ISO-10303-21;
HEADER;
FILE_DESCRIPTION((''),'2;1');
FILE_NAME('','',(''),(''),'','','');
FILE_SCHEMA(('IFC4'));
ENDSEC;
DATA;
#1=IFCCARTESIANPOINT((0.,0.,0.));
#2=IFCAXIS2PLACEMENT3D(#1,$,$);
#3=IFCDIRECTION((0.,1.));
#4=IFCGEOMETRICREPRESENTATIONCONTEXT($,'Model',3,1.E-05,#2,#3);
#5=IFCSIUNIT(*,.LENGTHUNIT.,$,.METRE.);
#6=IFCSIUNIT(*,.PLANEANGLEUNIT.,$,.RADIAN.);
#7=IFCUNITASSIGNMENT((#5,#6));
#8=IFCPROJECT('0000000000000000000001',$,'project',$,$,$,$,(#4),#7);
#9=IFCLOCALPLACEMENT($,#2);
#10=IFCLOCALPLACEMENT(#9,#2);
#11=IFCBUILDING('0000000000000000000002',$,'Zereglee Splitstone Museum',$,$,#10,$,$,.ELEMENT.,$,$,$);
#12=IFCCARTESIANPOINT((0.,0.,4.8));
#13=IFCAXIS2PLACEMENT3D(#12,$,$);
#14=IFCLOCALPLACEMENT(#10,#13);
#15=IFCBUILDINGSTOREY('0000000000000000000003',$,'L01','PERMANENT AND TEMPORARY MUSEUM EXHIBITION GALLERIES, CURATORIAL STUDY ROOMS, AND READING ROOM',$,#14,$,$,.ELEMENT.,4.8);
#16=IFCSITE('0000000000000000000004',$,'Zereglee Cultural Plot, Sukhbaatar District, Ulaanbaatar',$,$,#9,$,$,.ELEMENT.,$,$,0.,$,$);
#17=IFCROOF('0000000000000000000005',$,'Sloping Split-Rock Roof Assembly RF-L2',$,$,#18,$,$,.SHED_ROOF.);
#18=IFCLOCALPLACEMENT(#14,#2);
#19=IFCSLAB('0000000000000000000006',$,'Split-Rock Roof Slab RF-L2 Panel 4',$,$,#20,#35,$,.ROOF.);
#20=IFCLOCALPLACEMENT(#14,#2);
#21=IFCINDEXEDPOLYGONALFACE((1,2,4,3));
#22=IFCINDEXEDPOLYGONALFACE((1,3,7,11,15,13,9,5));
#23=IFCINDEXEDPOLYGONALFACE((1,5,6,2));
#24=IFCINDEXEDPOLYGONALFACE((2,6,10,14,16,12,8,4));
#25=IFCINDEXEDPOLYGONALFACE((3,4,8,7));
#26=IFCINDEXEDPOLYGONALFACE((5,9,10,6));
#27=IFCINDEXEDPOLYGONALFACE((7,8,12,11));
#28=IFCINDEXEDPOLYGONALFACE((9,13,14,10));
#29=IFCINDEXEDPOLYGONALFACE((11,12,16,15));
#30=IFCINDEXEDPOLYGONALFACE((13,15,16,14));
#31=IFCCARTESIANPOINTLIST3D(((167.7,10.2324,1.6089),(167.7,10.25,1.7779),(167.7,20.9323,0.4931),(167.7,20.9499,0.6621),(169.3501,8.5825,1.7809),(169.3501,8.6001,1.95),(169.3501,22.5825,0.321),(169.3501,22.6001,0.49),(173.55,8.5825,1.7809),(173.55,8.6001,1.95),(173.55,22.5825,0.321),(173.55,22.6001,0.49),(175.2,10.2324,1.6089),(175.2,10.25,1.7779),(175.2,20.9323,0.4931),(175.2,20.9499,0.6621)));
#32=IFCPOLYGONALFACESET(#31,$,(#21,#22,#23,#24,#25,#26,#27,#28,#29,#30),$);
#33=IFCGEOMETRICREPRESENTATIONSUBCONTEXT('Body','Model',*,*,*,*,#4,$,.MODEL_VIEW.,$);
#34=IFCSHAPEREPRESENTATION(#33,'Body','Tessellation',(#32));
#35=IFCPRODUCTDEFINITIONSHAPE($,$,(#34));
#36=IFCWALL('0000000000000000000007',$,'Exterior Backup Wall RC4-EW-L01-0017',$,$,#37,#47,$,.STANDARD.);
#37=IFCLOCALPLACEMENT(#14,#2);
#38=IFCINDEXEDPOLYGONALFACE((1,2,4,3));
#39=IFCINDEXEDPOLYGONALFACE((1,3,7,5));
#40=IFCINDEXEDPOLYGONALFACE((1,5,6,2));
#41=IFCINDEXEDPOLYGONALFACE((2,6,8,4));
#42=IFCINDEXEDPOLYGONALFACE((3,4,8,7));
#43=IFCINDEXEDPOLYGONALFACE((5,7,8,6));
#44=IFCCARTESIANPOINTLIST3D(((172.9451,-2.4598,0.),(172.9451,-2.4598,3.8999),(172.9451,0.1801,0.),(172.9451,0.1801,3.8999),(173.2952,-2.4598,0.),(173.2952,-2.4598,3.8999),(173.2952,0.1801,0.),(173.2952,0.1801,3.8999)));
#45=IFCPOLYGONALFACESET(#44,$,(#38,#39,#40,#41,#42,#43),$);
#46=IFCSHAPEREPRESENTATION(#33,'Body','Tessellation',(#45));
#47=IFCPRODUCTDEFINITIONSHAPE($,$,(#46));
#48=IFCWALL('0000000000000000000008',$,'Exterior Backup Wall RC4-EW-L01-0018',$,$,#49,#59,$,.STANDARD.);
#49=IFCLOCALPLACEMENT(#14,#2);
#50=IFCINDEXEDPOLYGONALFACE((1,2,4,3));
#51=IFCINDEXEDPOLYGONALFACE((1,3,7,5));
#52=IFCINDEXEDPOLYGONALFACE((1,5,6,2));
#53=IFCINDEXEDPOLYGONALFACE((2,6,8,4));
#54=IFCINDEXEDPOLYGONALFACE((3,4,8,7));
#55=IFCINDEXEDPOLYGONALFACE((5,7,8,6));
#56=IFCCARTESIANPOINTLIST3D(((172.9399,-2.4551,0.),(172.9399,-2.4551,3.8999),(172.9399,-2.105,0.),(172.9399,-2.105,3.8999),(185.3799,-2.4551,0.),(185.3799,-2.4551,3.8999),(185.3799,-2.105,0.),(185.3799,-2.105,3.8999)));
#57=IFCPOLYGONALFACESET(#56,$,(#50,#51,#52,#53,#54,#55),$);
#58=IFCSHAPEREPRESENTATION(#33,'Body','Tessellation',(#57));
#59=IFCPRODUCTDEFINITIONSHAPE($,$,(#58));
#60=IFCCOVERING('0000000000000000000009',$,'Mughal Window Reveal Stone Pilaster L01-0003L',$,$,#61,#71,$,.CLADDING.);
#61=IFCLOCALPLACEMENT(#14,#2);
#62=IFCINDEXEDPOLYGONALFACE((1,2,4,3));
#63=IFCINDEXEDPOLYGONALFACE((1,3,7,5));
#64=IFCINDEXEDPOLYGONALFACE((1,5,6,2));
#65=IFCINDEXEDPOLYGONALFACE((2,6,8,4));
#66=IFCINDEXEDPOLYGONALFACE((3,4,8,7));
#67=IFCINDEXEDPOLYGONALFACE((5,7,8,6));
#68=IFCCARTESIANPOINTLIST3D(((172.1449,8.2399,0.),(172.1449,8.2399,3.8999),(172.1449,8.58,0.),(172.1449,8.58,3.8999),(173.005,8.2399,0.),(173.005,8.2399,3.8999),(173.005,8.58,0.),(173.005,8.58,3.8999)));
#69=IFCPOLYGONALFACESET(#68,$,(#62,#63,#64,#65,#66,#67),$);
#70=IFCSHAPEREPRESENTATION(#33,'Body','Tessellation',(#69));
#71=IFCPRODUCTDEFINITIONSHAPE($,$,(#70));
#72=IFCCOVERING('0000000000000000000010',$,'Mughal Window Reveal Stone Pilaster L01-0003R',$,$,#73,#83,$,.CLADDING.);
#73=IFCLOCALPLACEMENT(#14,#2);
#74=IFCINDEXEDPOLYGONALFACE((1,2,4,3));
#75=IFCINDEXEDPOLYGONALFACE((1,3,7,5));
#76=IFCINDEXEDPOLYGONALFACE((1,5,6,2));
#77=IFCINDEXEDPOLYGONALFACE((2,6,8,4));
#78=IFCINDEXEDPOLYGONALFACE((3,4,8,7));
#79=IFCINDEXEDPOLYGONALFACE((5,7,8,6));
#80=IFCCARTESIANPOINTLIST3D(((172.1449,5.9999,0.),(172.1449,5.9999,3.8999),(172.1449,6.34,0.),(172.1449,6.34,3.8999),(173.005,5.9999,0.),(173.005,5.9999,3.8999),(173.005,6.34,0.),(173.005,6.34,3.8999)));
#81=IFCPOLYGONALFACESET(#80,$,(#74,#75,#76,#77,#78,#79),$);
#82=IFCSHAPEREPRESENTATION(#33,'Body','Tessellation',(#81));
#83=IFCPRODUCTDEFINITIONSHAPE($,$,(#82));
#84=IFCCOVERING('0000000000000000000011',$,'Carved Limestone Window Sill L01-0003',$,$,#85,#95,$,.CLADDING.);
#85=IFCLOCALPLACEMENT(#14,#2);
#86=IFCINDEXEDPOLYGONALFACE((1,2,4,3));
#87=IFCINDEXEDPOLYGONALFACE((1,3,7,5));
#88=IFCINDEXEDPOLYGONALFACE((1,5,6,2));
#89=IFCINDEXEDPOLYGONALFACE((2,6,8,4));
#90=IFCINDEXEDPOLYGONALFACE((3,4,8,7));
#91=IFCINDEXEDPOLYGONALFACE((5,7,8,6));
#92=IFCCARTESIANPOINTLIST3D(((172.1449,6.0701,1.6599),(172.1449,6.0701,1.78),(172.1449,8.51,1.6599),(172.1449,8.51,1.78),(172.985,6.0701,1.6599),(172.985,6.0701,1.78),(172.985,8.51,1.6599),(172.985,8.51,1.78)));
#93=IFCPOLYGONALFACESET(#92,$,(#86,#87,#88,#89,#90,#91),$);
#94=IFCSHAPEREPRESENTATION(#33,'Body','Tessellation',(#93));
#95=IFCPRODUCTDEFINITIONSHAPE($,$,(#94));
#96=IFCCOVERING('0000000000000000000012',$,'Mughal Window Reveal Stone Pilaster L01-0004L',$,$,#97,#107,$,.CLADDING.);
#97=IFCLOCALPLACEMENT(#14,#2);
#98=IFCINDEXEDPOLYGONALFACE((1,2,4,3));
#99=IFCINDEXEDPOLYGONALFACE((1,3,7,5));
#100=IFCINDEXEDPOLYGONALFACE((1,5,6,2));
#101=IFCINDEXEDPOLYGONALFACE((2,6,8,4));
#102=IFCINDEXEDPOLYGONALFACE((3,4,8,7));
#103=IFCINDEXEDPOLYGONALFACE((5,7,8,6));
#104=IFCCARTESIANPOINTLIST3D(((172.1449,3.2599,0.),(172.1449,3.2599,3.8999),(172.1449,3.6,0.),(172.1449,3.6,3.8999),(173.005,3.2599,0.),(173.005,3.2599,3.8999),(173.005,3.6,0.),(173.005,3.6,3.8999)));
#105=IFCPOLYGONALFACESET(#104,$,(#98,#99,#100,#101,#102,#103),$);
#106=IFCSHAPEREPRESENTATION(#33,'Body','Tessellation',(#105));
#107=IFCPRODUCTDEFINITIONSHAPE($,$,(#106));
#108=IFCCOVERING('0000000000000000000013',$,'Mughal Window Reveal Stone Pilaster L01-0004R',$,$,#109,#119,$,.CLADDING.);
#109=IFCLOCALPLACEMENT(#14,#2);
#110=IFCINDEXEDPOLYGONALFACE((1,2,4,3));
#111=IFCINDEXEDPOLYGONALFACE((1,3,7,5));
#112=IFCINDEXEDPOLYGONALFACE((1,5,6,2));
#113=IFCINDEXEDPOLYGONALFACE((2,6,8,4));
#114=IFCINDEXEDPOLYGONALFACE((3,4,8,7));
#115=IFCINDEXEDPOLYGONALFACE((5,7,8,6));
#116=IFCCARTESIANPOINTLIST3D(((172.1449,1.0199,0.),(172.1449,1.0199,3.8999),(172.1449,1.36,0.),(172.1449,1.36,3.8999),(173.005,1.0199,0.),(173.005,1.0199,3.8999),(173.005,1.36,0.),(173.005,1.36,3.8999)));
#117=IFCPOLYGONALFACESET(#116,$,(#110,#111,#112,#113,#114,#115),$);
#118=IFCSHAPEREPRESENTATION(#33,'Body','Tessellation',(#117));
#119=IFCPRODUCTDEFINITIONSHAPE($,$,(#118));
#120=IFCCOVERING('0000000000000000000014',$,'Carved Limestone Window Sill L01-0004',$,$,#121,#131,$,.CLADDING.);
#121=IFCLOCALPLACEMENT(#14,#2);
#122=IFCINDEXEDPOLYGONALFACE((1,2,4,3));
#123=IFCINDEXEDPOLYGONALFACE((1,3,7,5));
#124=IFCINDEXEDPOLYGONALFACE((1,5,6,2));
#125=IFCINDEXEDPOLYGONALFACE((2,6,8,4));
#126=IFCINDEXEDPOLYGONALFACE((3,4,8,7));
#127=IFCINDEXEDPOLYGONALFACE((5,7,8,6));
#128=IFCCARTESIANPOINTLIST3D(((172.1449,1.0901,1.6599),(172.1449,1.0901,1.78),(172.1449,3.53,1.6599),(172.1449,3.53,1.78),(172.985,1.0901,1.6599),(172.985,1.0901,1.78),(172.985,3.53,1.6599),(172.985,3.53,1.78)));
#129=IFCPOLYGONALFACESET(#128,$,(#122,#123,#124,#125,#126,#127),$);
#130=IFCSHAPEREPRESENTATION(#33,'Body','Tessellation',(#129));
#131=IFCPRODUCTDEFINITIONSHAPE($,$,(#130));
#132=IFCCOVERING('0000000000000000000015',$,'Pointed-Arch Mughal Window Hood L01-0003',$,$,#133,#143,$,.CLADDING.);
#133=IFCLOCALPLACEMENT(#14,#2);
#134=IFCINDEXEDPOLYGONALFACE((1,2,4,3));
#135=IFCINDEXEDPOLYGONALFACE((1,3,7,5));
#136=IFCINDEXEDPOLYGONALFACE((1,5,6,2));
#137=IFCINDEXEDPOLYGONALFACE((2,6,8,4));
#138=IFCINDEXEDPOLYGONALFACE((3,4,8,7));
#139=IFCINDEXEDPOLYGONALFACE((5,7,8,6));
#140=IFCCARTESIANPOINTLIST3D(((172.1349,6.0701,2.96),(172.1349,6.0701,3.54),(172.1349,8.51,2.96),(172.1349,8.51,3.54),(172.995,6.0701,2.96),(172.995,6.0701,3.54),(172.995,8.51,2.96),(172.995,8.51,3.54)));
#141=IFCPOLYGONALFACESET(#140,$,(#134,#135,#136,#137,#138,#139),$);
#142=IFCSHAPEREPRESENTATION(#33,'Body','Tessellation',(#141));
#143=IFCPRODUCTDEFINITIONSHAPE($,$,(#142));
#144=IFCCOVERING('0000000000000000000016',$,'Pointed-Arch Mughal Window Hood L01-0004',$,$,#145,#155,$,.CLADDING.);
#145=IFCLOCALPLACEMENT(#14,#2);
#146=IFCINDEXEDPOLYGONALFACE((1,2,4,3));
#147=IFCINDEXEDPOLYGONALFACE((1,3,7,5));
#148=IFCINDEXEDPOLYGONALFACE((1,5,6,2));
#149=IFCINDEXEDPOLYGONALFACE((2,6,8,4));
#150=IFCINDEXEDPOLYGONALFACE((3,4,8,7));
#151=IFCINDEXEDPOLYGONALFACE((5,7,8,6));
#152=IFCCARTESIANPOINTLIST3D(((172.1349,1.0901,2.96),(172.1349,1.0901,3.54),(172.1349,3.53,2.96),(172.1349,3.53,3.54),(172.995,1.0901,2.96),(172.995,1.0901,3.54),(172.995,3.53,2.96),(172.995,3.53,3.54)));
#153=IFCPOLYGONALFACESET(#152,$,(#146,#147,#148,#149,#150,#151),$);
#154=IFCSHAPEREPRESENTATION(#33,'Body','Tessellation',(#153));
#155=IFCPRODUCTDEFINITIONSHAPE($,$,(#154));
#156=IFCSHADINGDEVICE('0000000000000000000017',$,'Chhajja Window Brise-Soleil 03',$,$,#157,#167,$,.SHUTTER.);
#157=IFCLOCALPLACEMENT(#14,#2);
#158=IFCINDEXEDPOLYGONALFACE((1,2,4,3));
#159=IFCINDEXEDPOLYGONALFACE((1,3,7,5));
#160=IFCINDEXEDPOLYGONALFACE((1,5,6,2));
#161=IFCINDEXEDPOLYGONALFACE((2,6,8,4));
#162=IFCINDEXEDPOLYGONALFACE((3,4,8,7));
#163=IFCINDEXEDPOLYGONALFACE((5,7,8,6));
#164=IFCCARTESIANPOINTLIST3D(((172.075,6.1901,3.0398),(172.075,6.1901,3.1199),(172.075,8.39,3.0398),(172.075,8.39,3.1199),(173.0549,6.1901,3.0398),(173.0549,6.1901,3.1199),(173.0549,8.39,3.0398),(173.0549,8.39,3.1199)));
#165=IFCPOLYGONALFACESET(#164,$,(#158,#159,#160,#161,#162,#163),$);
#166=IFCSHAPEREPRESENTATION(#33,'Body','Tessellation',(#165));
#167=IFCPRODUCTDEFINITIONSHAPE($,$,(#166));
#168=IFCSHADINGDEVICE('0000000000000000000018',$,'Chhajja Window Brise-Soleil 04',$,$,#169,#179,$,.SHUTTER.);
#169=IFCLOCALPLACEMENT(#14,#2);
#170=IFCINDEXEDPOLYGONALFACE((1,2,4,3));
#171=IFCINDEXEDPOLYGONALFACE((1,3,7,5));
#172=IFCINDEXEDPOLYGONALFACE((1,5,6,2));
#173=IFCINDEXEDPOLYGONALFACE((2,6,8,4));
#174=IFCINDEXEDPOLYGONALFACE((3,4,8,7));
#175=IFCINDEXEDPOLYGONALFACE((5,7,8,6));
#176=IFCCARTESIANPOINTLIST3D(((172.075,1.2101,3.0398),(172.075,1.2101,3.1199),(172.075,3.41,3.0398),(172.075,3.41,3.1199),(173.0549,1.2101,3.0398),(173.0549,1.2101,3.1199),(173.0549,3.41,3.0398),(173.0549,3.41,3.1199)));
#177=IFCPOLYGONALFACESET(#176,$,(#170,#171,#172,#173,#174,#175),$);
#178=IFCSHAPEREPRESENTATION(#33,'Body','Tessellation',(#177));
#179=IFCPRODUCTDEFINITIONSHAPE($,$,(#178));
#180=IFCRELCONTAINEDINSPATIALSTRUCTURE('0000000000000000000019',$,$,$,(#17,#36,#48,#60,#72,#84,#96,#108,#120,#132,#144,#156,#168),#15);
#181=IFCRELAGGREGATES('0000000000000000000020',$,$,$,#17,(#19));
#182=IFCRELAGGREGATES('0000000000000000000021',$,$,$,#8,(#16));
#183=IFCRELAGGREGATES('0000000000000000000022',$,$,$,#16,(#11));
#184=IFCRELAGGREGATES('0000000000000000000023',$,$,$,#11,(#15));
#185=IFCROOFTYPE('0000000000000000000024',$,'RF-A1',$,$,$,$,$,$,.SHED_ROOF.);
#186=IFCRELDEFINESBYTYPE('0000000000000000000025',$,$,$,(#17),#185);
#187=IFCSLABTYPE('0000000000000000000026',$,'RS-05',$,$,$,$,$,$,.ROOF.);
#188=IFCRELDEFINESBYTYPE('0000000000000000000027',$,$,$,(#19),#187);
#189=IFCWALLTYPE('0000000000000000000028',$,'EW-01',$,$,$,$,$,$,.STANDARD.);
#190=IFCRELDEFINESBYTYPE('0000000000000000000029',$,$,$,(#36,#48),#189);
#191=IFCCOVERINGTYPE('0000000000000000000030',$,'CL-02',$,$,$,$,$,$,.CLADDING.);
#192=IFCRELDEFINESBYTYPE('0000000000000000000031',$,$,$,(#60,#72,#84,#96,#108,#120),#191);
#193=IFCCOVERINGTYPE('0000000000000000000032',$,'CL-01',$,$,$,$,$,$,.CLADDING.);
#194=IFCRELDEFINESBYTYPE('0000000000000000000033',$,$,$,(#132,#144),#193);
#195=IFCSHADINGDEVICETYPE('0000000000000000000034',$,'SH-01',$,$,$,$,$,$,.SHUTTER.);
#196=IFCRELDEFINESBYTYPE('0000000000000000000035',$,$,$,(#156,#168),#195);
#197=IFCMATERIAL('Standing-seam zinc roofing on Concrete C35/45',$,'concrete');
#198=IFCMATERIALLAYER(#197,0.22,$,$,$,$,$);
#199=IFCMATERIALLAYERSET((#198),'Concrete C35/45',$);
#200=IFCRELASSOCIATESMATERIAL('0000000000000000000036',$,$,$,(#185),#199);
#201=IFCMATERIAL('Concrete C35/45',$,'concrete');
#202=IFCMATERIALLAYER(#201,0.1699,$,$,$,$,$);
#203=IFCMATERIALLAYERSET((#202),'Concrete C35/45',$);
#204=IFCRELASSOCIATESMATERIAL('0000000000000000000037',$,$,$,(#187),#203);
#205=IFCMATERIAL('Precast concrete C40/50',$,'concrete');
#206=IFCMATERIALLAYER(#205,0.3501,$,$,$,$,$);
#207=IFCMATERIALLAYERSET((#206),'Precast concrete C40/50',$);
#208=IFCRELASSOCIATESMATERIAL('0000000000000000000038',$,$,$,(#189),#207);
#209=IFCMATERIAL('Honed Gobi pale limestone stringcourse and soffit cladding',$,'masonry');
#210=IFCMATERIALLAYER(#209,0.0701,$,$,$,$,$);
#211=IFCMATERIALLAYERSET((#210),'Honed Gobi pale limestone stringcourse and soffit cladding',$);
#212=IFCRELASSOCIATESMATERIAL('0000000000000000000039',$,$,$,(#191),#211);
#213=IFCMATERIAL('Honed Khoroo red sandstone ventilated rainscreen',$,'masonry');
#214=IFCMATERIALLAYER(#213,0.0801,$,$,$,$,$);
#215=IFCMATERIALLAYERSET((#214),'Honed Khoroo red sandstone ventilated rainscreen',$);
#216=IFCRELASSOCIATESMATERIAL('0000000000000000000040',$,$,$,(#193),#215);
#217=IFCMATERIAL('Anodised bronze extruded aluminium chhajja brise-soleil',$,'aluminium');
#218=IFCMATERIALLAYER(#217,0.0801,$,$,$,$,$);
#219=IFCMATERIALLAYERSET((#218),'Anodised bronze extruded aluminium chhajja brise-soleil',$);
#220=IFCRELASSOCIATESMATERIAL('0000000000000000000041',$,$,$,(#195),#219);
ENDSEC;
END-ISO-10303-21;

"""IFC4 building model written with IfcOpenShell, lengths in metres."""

from ifc_helpers import new_model, si_unit, direction, frame, frame_2d, origin, origin_2d, place, context, subcontext, project, spatial, polyline, rectangle, outline, extrude, material, layer, layer_set, type_object, element, aggregate, save


model = new_model("IFC4")

# Units and contexts
model_context = context("Model", 3, precision=1e-05, world=origin(), true_north=direction((0.0, 1.0)))
body_context = subcontext(model_context, "Body", "Model", "MODEL_VIEW")
ifc_project = project(units=[si_unit("LENGTHUNIT", "METRE"), si_unit("PLANEANGLEUNIT", "RADIAN")], contexts=[model_context])

# Site, building, storey
site_placement = place(None, origin())
site = spatial("IfcSite", under=ifc_project, at=site_placement, Name="Zereglee Cultural Plot, Sukhbaatar District, Ulaanbaatar", CompositionType="ELEMENT", RefElevation=0.0)
building_placement = place(site_placement, origin())
building = spatial("IfcBuilding", under=site, at=building_placement, Name="Zereglee Splitstone Museum", CompositionType="ELEMENT")
storey_placement = place(building_placement, frame((0.0, 0.0, 4.8)))
storey = spatial("IfcBuildingStorey", under=building, at=storey_placement, Name="L01", Description="PERMANENT AND TEMPORARY MUSEUM EXHIBITION GALLERIES, CURATORIAL STUDY ROOMS, AND READING ROOM", CompositionType="ELEMENT", Elevation=4.8)

# Roof, slab
ifc_material_1 = material(Name="Standing-seam zinc roofing on Concrete C35/45", Category="concrete")
ifc_layer_1 = layer(ifc_material_1, 0.22)
ifc_layer_set_1 = layer_set([ifc_layer_1], Name="Concrete C35/45")
roof_type = type_object("IfcRoofType", Name="RF-A1", PredefinedType="SHED_ROOF", material=ifc_layer_set_1)
roof_placement = place(storey_placement, origin())
roof = element("IfcRoof", 1, at=roof_placement, inside=storey, type_object=roof_type, Name="Sloping Split-Rock Roof Assembly RF-L2", PredefinedType="SHED_ROOF")
ifc_material_2 = material(Name="Concrete C35/45", Category="concrete")
ifc_layer_2 = layer(ifc_material_2, 0.1699)
ifc_layer_set_2 = layer_set([ifc_layer_2], Name="Concrete C35/45")
slab_type = type_object("IfcSlabType", Name="RS-05", PredefinedType="ROOF", material=ifc_layer_set_2)
slab_placement = place(storey_placement, frame((169.3501, 8.6001, 1.95), z_axis=(0.0, 0.103719, 0.994607), x_axis=(1.0, 0.0, 0.0)))
slab = element("IfcSlab", 2, at=slab_placement, type_object=slab_type, Name="Split-Rock Roof Slab RF-L2 Panel 4", PredefinedType="ROOF", context=body_context, shape_type="SweptSolid", body=[
    extrude(outline(polyline([(0.0, 0.0), (4.2, 0.0), (5.8499, 1.6589), (5.8499, 12.4168), (4.2, 14.0759), (0.0, 14.0759), (-1.6501, 12.4168), (-1.6501, 1.6589), (0.0, 0.0)])), origin(), (0.0, 0.0, -1.0), 0.1699),
])
aggregate(roof, [slab])

# Walls
ifc_material_3 = material(Name="Precast concrete C40/50", Category="concrete")
ifc_layer_3 = layer(ifc_material_3, 0.3501)
ifc_layer_set_3 = layer_set([ifc_layer_3], Name="Precast concrete C40/50")
wall_type = type_object("IfcWallType", Name="EW-01", PredefinedType="STANDARD", material=ifc_layer_set_3)
wall_1_placement = place(storey_placement, frame((173.1201, 0.1799, 0.0), z_axis=(0.0, 0.0, 1.0), x_axis=(0.0, -1.0, 0.0)))
element("IfcWall", 3, at=wall_1_placement, inside=storey, type_object=wall_type, Name="Exterior Backup Wall RC4-EW-L01-0017", PredefinedType="STANDARD", context=body_context, shape_type="SweptSolid", body=[
    extrude(rectangle(XDim=2.6399, YDim=0.3501, at=frame_2d((1.3198, 0.0))), origin(), (0.0, 0.0, 1.0), 3.8999),
])
wall_2_placement = place(storey_placement, frame((172.9399, -2.28, 0.0), z_axis=(0.0, 0.0, 1.0), x_axis=(1.0, 0.0, 0.0)))
element("IfcWall", 4, at=wall_2_placement, inside=storey, type_object=wall_type, Name="Exterior Backup Wall RC4-EW-L01-0018", PredefinedType="STANDARD", context=body_context, shape_type="SweptSolid", body=[
    extrude(rectangle(XDim=12.4399, YDim=0.3501, at=frame_2d((6.22, 0.0))), origin(), (0.0, 0.0, 1.0), 3.8999),
])

# Coverings
ifc_material_4 = material(Name="Honed Gobi pale limestone stringcourse and soffit cladding", Category="masonry")
ifc_layer_4 = layer(ifc_material_4, 0.0701)
ifc_layer_set_4 = layer_set([ifc_layer_4], Name="Honed Gobi pale limestone stringcourse and soffit cladding")
covering_type_1 = type_object("IfcCoveringType", Name="CL-02", PredefinedType="CLADDING", material=ifc_layer_set_4)
for number, where, z_axis, x_axis, name in (
    (5, (172.575, 8.4099, 0.0), (0.0, 0.0, 1.0), (0.0, -1.0, 0.0), "Mughal Window Reveal Stone Pilaster L01-0003L"),
    (6, (172.575, 6.1699, 0.0), (0.0, 0.0, 1.0), (0.0, -1.0, 0.0), "Mughal Window Reveal Stone Pilaster L01-0003R"),
):
    element("IfcCovering", number, at=place(storey_placement, frame(where, z_axis=z_axis, x_axis=x_axis)), inside=storey, type_object=covering_type_1, Name=name, PredefinedType="CLADDING", context=body_context, shape_type="SweptSolid", body=[
        extrude(rectangle(XDim=0.3401, YDim=0.8601, at=origin_2d()), origin(), (0.0, 0.0, 1.0), 3.8999),
    ])
covering_1_placement = place(storey_placement, frame((172.5649, 7.29, 1.6599), z_axis=(0.0, 0.0, 1.0), x_axis=(0.0, -1.0, 0.0)))
element("IfcCovering", 7, at=covering_1_placement, inside=storey, type_object=covering_type_1, Name="Carved Limestone Window Sill L01-0003", PredefinedType="CLADDING", context=body_context, shape_type="SweptSolid", body=[
    extrude(rectangle(XDim=2.4399, YDim=0.8401, at=origin_2d()), origin(), (0.0, 0.0, 1.0), 0.1201),
])
for number, where, z_axis, x_axis, name in (
    (8, (172.575, 3.4299, 0.0), (0.0, 0.0, 1.0), (0.0, -1.0, 0.0), "Mughal Window Reveal Stone Pilaster L01-0004L"),
    (9, (172.575, 1.1899, 0.0), (0.0, 0.0, 1.0), (0.0, -1.0, 0.0), "Mughal Window Reveal Stone Pilaster L01-0004R"),
):
    element("IfcCovering", number, at=place(storey_placement, frame(where, z_axis=z_axis, x_axis=x_axis)), inside=storey, type_object=covering_type_1, Name=name, PredefinedType="CLADDING", context=body_context, shape_type="SweptSolid", body=[
        extrude(rectangle(XDim=0.3401, YDim=0.8601, at=origin_2d()), origin(), (0.0, 0.0, 1.0), 3.8999),
    ])
covering_2_placement = place(storey_placement, frame((172.5649, 2.3101, 1.6599), z_axis=(0.0, 0.0, 1.0), x_axis=(0.0, -1.0, 0.0)))
element("IfcCovering", 10, at=covering_2_placement, inside=storey, type_object=covering_type_1, Name="Carved Limestone Window Sill L01-0004", PredefinedType="CLADDING", context=body_context, shape_type="SweptSolid", body=[
    extrude(rectangle(XDim=2.4399, YDim=0.8401, at=origin_2d()), origin(), (0.0, 0.0, 1.0), 0.1201),
])
ifc_material_5 = material(Name="Honed Khoroo red sandstone ventilated rainscreen", Category="masonry")
ifc_layer_5 = layer(ifc_material_5, 0.0801)
ifc_layer_set_5 = layer_set([ifc_layer_5], Name="Honed Khoroo red sandstone ventilated rainscreen")
covering_type_2 = type_object("IfcCoveringType", Name="CL-01", PredefinedType="CLADDING", material=ifc_layer_set_5)
for number, where, z_axis, x_axis, name in (
    (11, (172.5649, 7.29, 2.96), (0.0, 0.0, 1.0), (0.0, -1.0, 0.0), "Pointed-Arch Mughal Window Hood L01-0003"),
    (12, (172.5649, 2.3101, 2.96), (0.0, 0.0, 1.0), (0.0, -1.0, 0.0), "Pointed-Arch Mughal Window Hood L01-0004"),
):
    element("IfcCovering", number, at=place(storey_placement, frame(where, z_axis=z_axis, x_axis=x_axis)), inside=storey, type_object=covering_type_2, Name=name, PredefinedType="CLADDING", context=body_context, shape_type="SweptSolid", body=[
        extrude(rectangle(XDim=2.4399, YDim=0.8601, at=origin_2d()), origin(), (0.0, 0.0, 1.0), 0.5801),
    ])

# Shading devices
ifc_material_6 = material(Name="Anodised bronze extruded aluminium chhajja brise-soleil", Category="aluminium")
ifc_layer_6 = layer(ifc_material_6, 0.0801)
ifc_layer_set_6 = layer_set([ifc_layer_6], Name="Anodised bronze extruded aluminium chhajja brise-soleil")
shading_device_type = type_object("IfcShadingDeviceType", Name="SH-01", PredefinedType="SHUTTER", material=ifc_layer_set_6)
for number, where, z_axis, x_axis, name in (
    (13, (172.5649, 7.29, 3.0398), (0.0, 0.0, 1.0), (0.0, -1.0, 0.0), "Chhajja Window Brise-Soleil 03"),
    (14, (172.5649, 2.3101, 3.0398), (0.0, 0.0, 1.0), (0.0, -1.0, 0.0), "Chhajja Window Brise-Soleil 04"),
):
    element("IfcShadingDevice", number, at=place(storey_placement, frame(where, z_axis=z_axis, x_axis=x_axis)), inside=storey, type_object=shading_device_type, Name=name, PredefinedType="SHUTTER", context=body_context, shape_type="SweptSolid", body=[
        extrude(rectangle(XDim=2.2, YDim=0.98, at=origin_2d()), origin(), (0.0, 0.0, 1.0), 0.0801),
    ])

save(model, "model.ifc")
